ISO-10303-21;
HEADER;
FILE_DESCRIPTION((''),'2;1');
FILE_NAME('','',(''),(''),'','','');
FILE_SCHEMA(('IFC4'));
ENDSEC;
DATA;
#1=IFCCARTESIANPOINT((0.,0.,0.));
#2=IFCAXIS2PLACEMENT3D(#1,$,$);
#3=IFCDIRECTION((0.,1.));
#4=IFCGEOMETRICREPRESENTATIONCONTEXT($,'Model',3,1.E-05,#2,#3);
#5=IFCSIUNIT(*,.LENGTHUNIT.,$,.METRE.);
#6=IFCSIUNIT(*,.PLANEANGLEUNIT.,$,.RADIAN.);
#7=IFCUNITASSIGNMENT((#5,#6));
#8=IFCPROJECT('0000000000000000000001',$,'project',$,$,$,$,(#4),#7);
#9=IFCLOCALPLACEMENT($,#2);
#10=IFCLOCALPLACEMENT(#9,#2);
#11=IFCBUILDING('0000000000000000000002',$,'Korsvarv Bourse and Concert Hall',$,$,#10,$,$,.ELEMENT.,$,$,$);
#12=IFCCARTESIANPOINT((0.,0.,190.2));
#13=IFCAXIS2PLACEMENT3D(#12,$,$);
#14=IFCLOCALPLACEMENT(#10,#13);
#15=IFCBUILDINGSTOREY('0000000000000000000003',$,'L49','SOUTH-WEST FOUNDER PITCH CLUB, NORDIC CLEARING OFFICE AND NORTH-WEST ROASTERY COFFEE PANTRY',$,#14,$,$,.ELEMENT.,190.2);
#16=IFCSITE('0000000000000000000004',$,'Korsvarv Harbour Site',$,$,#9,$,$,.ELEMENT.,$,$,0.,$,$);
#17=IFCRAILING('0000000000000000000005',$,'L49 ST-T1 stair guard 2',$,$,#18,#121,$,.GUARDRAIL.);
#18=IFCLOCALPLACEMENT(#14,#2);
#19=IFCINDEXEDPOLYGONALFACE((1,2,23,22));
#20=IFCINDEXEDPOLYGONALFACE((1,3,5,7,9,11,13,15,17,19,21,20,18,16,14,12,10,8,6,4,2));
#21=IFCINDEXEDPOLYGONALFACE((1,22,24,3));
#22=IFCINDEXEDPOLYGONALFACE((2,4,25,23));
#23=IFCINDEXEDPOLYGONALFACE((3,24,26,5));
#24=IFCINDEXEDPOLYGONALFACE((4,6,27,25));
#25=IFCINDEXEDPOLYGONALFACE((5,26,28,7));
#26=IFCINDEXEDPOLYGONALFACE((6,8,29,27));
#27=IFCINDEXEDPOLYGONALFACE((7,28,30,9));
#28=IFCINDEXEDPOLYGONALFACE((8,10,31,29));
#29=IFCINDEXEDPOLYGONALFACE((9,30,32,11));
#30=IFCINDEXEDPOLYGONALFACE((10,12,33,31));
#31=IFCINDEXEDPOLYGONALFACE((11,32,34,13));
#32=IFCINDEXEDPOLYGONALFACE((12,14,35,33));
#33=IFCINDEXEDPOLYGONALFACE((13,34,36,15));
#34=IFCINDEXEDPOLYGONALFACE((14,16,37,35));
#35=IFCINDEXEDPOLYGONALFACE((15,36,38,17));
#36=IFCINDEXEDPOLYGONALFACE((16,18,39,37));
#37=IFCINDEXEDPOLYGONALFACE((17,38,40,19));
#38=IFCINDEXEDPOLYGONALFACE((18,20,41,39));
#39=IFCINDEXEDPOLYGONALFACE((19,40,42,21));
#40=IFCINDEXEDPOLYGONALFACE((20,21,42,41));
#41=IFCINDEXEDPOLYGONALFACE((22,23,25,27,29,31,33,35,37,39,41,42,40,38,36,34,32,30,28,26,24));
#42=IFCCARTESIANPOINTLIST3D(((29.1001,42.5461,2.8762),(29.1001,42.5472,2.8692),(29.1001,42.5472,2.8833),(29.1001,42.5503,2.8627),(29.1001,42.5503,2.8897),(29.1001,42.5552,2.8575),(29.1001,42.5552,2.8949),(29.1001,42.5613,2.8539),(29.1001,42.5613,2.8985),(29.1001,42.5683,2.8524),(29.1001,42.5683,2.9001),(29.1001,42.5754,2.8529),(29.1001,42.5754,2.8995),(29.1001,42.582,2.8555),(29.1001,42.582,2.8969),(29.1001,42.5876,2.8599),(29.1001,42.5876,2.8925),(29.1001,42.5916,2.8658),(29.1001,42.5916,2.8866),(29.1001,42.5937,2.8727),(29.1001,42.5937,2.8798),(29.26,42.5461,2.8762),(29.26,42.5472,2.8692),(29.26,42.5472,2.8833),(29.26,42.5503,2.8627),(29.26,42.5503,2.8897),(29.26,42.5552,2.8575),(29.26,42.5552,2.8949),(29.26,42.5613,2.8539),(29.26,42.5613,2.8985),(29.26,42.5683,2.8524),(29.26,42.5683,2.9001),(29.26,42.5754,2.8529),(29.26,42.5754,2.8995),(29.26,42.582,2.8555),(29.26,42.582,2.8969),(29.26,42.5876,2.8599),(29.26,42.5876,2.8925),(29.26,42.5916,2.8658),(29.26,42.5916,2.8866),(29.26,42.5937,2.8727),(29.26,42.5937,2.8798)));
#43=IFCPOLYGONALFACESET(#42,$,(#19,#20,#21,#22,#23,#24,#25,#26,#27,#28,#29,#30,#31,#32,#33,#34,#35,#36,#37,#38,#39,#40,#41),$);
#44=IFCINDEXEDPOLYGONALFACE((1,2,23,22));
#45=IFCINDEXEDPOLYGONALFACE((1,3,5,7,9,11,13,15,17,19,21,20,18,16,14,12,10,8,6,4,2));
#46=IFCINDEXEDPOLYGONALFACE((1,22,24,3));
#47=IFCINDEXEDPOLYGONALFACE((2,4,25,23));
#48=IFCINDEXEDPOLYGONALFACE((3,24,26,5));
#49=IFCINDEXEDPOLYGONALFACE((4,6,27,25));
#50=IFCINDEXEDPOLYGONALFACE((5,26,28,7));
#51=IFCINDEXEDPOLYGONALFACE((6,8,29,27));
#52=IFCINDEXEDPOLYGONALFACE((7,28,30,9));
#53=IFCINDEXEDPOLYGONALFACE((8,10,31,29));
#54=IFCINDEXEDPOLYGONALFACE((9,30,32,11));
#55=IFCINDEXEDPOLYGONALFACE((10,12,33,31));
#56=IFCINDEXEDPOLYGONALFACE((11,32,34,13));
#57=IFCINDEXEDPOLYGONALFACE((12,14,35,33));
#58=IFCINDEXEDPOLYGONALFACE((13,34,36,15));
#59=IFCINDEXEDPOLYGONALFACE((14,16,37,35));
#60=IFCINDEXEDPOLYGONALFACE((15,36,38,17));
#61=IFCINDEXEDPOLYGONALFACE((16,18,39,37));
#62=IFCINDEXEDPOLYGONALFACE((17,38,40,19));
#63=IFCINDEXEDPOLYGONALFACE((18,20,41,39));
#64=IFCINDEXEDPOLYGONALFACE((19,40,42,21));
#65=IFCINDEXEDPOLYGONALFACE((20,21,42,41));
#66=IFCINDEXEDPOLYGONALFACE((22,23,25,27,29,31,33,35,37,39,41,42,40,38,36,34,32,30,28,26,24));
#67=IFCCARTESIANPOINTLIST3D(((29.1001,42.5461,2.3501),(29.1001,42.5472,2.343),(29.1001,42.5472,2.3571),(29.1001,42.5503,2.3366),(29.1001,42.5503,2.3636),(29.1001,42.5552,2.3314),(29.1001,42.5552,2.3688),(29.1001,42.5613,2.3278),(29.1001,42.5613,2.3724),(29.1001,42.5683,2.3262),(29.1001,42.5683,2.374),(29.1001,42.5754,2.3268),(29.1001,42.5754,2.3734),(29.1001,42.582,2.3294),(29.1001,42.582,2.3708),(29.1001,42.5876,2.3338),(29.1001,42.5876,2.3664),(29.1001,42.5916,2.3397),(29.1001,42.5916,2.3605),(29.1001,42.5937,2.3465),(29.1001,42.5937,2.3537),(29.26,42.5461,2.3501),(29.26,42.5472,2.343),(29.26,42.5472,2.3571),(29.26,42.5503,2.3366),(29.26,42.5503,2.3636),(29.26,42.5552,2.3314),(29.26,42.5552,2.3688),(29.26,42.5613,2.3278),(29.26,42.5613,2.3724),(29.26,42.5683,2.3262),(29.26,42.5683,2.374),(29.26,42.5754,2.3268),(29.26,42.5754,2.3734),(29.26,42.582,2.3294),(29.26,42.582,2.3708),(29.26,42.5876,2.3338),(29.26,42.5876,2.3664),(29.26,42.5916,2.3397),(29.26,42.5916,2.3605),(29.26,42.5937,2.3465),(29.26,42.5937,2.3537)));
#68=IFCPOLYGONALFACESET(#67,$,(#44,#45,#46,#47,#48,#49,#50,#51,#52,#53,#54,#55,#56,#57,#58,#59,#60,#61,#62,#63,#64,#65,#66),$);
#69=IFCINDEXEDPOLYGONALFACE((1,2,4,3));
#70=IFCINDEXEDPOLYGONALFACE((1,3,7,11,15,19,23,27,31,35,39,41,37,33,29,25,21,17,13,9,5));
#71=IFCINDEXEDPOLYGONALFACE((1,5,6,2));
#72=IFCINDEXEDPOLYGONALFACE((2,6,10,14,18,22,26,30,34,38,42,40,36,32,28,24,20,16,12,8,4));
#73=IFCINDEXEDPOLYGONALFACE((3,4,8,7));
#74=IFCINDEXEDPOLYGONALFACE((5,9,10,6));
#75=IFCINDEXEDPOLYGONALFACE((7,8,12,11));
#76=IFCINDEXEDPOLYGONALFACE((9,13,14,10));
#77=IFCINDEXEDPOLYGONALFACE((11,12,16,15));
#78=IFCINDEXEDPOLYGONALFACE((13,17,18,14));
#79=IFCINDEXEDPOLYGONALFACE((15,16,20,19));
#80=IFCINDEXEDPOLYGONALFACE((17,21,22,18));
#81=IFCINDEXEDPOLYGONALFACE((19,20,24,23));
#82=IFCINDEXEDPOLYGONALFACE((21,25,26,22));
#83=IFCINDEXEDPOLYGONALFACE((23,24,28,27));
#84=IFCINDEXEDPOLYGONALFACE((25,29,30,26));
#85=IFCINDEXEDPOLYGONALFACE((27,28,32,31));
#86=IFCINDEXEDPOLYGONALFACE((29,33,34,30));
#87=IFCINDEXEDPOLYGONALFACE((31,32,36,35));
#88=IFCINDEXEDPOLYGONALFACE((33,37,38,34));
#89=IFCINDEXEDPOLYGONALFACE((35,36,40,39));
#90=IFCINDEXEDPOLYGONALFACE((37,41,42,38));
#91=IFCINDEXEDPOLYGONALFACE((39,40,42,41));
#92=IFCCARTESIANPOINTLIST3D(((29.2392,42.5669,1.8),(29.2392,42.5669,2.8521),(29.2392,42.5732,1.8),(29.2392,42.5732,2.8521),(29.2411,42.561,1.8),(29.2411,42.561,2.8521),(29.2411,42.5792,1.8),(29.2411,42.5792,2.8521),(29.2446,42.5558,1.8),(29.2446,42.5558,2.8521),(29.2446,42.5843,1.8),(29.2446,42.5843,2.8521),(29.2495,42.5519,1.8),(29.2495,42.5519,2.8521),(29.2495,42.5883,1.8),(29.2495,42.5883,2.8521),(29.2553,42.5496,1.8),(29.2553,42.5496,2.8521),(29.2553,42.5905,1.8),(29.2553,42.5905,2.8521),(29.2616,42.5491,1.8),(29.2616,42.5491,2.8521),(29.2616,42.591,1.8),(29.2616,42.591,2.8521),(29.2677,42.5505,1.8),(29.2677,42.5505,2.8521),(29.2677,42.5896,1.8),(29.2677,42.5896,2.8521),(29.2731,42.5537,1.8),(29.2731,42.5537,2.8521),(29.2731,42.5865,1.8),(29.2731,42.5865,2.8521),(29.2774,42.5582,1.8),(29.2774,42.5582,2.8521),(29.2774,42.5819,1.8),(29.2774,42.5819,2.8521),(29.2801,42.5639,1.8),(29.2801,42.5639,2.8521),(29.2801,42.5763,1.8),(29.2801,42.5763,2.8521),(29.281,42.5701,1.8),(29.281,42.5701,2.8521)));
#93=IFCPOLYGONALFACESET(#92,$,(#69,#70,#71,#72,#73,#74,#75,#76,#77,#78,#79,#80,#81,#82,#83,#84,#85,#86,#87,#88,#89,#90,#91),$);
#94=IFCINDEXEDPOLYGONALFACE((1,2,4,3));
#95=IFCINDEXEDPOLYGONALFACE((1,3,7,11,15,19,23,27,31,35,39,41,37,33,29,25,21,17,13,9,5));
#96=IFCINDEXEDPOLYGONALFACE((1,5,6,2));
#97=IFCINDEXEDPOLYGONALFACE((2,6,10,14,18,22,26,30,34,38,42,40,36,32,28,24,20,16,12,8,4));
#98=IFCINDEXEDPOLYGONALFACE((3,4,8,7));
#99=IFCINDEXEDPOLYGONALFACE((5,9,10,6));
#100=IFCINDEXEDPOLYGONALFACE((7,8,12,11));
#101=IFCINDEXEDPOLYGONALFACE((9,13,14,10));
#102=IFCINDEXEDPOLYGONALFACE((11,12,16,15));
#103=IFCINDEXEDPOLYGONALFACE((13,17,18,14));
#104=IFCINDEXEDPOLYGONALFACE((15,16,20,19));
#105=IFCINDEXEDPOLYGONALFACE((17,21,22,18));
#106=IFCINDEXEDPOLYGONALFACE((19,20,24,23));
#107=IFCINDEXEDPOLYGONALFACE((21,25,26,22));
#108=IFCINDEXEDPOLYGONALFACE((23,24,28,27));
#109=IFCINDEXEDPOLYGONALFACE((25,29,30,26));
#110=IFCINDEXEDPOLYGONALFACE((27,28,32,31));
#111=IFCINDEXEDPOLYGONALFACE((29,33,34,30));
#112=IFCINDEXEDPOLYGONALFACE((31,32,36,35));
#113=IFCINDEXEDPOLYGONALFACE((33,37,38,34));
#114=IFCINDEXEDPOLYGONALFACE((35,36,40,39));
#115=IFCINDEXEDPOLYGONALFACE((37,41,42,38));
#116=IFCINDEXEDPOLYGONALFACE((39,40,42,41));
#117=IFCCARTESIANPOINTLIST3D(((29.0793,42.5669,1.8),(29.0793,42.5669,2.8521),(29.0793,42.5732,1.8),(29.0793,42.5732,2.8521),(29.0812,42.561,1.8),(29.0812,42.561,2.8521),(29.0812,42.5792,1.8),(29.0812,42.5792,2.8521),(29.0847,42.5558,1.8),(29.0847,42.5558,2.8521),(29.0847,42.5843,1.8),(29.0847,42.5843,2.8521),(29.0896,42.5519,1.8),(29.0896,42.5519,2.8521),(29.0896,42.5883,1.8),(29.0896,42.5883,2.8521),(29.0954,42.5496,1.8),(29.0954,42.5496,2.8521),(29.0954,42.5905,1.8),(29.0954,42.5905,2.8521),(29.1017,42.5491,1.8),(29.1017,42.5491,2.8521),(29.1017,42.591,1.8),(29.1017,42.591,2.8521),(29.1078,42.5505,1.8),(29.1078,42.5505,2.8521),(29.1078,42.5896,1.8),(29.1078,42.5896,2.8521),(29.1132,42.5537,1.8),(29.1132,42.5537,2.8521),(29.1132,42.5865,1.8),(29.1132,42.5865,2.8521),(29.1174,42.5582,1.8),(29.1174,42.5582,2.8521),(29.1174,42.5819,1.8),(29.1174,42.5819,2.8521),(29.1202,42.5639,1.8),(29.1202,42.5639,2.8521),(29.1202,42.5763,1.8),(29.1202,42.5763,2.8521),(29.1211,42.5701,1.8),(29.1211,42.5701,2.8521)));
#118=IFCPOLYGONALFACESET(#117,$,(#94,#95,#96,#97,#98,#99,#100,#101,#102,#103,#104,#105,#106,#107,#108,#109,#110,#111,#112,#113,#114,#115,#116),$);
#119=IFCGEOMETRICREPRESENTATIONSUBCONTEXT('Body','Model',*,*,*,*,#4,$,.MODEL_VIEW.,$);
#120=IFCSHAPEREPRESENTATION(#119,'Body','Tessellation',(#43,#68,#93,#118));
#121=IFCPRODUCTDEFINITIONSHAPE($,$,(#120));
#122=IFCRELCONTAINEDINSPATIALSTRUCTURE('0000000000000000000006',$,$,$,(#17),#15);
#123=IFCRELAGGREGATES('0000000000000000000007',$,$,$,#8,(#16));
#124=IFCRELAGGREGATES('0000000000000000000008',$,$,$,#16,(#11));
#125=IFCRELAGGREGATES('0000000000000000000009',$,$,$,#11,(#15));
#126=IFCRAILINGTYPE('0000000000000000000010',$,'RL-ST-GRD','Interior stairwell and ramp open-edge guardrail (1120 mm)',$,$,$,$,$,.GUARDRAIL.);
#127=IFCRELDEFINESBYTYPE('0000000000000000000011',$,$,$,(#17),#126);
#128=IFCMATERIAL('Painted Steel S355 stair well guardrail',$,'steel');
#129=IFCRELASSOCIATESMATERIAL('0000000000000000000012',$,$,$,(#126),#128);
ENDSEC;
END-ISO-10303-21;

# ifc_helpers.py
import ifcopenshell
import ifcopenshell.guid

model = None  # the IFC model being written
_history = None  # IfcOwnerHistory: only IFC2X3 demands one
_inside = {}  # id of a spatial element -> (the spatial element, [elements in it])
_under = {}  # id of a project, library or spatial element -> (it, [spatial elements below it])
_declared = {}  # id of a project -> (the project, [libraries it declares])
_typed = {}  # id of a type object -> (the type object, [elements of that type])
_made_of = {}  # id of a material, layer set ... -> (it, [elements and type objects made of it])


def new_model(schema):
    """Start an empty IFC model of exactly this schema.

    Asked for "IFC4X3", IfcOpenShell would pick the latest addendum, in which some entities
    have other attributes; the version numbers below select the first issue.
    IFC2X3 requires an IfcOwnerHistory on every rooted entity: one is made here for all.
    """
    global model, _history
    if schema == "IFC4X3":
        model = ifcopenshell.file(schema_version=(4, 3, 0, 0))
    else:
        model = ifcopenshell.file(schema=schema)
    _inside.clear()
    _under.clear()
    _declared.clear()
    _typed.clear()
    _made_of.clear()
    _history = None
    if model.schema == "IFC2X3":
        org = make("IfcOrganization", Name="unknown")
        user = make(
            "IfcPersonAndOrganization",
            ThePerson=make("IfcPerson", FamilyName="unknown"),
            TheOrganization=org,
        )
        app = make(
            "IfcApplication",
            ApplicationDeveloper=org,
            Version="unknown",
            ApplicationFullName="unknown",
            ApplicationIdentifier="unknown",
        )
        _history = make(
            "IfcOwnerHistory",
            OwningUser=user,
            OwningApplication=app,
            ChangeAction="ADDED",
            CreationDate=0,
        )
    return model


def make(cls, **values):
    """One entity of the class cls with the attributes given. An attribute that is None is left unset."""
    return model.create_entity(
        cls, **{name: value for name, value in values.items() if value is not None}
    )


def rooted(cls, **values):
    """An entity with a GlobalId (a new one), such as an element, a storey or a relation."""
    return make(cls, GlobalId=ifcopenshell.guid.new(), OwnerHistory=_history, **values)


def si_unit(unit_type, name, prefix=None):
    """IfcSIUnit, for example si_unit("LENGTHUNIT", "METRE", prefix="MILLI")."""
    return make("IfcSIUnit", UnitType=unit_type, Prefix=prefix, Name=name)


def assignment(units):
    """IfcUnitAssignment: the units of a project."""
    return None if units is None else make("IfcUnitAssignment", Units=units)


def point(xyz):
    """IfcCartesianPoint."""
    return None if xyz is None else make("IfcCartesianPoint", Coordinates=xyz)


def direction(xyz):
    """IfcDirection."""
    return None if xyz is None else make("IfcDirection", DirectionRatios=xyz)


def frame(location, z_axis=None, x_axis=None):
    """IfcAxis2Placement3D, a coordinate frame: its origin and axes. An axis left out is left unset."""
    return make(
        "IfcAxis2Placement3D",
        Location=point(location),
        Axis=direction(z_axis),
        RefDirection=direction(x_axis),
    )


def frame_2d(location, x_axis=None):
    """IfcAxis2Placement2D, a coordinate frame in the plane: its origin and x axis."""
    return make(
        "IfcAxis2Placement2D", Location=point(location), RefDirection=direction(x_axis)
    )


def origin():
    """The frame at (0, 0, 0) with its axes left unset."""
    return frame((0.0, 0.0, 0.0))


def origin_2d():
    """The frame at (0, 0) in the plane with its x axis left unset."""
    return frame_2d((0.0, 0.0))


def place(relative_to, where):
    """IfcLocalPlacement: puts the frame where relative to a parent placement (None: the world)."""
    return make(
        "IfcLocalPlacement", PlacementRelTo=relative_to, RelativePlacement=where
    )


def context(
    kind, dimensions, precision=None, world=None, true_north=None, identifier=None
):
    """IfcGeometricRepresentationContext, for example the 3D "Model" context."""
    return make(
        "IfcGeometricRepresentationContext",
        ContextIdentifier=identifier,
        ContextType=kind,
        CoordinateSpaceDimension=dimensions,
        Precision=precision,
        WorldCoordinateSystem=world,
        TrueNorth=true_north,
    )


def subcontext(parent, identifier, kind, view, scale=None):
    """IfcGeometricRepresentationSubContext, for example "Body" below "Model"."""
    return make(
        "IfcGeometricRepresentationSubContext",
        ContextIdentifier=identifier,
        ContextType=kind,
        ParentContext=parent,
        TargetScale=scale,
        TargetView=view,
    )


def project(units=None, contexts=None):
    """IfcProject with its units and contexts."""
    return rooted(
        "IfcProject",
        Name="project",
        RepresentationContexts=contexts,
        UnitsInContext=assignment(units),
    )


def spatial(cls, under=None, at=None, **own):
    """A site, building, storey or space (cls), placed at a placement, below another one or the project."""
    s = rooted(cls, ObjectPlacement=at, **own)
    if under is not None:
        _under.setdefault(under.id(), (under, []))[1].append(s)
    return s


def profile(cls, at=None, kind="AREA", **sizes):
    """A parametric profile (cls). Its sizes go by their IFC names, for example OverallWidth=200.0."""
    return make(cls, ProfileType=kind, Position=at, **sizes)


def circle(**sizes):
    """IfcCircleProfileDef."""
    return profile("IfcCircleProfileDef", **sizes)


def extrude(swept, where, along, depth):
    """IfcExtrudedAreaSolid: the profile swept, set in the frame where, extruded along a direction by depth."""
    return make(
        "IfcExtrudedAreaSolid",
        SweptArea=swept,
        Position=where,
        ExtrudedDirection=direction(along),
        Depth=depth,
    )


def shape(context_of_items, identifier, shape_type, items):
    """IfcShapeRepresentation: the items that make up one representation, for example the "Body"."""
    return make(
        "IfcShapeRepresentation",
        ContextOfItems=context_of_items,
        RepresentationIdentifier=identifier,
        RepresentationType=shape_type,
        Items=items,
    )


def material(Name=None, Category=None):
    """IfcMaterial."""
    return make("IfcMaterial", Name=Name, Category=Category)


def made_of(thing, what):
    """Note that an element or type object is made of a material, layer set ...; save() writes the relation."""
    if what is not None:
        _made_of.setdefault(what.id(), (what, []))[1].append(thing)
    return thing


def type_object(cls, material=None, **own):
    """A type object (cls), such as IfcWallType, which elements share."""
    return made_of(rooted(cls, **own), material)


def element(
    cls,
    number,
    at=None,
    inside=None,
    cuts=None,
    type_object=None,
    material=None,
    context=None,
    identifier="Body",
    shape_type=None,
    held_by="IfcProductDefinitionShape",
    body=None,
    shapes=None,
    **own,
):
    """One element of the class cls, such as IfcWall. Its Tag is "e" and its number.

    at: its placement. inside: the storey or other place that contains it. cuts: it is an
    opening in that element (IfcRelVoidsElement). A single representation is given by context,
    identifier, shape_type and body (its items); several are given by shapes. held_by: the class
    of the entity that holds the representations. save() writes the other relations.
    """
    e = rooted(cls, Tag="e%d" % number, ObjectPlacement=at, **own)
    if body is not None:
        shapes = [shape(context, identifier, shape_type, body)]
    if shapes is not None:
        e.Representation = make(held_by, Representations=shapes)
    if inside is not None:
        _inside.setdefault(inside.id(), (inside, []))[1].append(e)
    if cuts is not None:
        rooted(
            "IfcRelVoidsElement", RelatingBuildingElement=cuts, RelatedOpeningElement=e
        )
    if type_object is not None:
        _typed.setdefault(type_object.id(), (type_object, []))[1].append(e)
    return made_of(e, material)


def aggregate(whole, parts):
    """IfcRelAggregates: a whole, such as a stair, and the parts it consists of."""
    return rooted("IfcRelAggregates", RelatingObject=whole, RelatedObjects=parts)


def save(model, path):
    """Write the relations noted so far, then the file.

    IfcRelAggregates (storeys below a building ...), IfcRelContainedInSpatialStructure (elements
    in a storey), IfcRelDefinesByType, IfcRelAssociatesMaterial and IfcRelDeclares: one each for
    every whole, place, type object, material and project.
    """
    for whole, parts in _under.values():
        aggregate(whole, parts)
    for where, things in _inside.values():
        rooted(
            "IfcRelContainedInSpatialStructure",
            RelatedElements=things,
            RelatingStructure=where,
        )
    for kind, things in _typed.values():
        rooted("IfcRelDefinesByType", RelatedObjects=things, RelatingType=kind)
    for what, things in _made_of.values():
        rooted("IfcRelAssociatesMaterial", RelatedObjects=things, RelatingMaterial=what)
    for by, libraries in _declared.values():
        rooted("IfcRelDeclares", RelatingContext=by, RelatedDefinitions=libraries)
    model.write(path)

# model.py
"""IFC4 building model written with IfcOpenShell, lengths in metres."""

from ifc_helpers import new_model, si_unit, direction, frame, origin, origin_2d, place, context, subcontext, project, spatial, circle, extrude, material, type_object, element, save


model = new_model("IFC4")

# Units and contexts
model_context = context("Model", 3, precision=1e-05, world=origin(), true_north=direction((0.0, 1.0)))
body_context = subcontext(model_context, "Body", "Model", "MODEL_VIEW")
ifc_project = project(units=[si_unit("LENGTHUNIT", "METRE"), si_unit("PLANEANGLEUNIT", "RADIAN")], contexts=[model_context])

# Site, building, storey
site_placement = place(None, origin())
site = spatial("IfcSite", under=ifc_project, at=site_placement, Name="Korsvarv Harbour Site", CompositionType="ELEMENT", RefElevation=0.0)
building_placement = place(site_placement, origin())
building = spatial("IfcBuilding", under=site, at=building_placement, Name="Korsvarv Bourse and Concert Hall", CompositionType="ELEMENT")
storey_placement = place(building_placement, frame((0.0, 0.0, 190.2)))
storey = spatial("IfcBuildingStorey", under=building, at=storey_placement, Name="L49", Description="SOUTH-WEST FOUNDER PITCH CLUB, NORDIC CLEARING OFFICE AND NORTH-WEST ROASTERY COFFEE PANTRY", CompositionType="ELEMENT", Elevation=190.2)

# Railing
ifc_material_1 = material(Name="Painted Steel S355 stair well guardrail", Category="steel")
railing_type_1 = type_object("IfcRailingType", Name="RL-ST-GRD", Description="Interior stairwell and ramp open-edge guardrail (1120 mm)", PredefinedType="GUARDRAIL", material=ifc_material_1)
railing_1_placement = place(storey_placement, frame((29.26, 42.5701, 1.8)))
element("IfcRailing", 1, at=railing_1_placement, inside=storey, type_object=railing_type_1, Name="L49 ST-T1 stair guard 2", PredefinedType="GUARDRAIL", context=body_context, shape_type="SweptSolid", body=[
    extrude(circle(Radius=0.0239, at=origin_2d()), frame((0.0, 0.0, 1.0762), z_axis=(-1.0, 0.0, 0.0), x_axis=(0.0, -1.0, 0.0)), (0.0, 0.0, 1.0), 0.1599),
    extrude(circle(Radius=0.0239, at=origin_2d()), frame((0.0, 0.0, 0.55), z_axis=(-1.0, 0.0, 0.0), x_axis=(0.0, -1.0, 0.0)), (0.0, 0.0, 1.0), 0.1599),
    extrude(circle(Radius=0.021, at=origin_2d()), origin(), (0.0, 0.0, 1.0), 1.052),
    extrude(circle(Radius=0.021, at=origin_2d()), frame((-0.1599, 0.0, 0.0)), (0.0, 0.0, 1.0), 1.052),
])

save(model, "model.ifc")
